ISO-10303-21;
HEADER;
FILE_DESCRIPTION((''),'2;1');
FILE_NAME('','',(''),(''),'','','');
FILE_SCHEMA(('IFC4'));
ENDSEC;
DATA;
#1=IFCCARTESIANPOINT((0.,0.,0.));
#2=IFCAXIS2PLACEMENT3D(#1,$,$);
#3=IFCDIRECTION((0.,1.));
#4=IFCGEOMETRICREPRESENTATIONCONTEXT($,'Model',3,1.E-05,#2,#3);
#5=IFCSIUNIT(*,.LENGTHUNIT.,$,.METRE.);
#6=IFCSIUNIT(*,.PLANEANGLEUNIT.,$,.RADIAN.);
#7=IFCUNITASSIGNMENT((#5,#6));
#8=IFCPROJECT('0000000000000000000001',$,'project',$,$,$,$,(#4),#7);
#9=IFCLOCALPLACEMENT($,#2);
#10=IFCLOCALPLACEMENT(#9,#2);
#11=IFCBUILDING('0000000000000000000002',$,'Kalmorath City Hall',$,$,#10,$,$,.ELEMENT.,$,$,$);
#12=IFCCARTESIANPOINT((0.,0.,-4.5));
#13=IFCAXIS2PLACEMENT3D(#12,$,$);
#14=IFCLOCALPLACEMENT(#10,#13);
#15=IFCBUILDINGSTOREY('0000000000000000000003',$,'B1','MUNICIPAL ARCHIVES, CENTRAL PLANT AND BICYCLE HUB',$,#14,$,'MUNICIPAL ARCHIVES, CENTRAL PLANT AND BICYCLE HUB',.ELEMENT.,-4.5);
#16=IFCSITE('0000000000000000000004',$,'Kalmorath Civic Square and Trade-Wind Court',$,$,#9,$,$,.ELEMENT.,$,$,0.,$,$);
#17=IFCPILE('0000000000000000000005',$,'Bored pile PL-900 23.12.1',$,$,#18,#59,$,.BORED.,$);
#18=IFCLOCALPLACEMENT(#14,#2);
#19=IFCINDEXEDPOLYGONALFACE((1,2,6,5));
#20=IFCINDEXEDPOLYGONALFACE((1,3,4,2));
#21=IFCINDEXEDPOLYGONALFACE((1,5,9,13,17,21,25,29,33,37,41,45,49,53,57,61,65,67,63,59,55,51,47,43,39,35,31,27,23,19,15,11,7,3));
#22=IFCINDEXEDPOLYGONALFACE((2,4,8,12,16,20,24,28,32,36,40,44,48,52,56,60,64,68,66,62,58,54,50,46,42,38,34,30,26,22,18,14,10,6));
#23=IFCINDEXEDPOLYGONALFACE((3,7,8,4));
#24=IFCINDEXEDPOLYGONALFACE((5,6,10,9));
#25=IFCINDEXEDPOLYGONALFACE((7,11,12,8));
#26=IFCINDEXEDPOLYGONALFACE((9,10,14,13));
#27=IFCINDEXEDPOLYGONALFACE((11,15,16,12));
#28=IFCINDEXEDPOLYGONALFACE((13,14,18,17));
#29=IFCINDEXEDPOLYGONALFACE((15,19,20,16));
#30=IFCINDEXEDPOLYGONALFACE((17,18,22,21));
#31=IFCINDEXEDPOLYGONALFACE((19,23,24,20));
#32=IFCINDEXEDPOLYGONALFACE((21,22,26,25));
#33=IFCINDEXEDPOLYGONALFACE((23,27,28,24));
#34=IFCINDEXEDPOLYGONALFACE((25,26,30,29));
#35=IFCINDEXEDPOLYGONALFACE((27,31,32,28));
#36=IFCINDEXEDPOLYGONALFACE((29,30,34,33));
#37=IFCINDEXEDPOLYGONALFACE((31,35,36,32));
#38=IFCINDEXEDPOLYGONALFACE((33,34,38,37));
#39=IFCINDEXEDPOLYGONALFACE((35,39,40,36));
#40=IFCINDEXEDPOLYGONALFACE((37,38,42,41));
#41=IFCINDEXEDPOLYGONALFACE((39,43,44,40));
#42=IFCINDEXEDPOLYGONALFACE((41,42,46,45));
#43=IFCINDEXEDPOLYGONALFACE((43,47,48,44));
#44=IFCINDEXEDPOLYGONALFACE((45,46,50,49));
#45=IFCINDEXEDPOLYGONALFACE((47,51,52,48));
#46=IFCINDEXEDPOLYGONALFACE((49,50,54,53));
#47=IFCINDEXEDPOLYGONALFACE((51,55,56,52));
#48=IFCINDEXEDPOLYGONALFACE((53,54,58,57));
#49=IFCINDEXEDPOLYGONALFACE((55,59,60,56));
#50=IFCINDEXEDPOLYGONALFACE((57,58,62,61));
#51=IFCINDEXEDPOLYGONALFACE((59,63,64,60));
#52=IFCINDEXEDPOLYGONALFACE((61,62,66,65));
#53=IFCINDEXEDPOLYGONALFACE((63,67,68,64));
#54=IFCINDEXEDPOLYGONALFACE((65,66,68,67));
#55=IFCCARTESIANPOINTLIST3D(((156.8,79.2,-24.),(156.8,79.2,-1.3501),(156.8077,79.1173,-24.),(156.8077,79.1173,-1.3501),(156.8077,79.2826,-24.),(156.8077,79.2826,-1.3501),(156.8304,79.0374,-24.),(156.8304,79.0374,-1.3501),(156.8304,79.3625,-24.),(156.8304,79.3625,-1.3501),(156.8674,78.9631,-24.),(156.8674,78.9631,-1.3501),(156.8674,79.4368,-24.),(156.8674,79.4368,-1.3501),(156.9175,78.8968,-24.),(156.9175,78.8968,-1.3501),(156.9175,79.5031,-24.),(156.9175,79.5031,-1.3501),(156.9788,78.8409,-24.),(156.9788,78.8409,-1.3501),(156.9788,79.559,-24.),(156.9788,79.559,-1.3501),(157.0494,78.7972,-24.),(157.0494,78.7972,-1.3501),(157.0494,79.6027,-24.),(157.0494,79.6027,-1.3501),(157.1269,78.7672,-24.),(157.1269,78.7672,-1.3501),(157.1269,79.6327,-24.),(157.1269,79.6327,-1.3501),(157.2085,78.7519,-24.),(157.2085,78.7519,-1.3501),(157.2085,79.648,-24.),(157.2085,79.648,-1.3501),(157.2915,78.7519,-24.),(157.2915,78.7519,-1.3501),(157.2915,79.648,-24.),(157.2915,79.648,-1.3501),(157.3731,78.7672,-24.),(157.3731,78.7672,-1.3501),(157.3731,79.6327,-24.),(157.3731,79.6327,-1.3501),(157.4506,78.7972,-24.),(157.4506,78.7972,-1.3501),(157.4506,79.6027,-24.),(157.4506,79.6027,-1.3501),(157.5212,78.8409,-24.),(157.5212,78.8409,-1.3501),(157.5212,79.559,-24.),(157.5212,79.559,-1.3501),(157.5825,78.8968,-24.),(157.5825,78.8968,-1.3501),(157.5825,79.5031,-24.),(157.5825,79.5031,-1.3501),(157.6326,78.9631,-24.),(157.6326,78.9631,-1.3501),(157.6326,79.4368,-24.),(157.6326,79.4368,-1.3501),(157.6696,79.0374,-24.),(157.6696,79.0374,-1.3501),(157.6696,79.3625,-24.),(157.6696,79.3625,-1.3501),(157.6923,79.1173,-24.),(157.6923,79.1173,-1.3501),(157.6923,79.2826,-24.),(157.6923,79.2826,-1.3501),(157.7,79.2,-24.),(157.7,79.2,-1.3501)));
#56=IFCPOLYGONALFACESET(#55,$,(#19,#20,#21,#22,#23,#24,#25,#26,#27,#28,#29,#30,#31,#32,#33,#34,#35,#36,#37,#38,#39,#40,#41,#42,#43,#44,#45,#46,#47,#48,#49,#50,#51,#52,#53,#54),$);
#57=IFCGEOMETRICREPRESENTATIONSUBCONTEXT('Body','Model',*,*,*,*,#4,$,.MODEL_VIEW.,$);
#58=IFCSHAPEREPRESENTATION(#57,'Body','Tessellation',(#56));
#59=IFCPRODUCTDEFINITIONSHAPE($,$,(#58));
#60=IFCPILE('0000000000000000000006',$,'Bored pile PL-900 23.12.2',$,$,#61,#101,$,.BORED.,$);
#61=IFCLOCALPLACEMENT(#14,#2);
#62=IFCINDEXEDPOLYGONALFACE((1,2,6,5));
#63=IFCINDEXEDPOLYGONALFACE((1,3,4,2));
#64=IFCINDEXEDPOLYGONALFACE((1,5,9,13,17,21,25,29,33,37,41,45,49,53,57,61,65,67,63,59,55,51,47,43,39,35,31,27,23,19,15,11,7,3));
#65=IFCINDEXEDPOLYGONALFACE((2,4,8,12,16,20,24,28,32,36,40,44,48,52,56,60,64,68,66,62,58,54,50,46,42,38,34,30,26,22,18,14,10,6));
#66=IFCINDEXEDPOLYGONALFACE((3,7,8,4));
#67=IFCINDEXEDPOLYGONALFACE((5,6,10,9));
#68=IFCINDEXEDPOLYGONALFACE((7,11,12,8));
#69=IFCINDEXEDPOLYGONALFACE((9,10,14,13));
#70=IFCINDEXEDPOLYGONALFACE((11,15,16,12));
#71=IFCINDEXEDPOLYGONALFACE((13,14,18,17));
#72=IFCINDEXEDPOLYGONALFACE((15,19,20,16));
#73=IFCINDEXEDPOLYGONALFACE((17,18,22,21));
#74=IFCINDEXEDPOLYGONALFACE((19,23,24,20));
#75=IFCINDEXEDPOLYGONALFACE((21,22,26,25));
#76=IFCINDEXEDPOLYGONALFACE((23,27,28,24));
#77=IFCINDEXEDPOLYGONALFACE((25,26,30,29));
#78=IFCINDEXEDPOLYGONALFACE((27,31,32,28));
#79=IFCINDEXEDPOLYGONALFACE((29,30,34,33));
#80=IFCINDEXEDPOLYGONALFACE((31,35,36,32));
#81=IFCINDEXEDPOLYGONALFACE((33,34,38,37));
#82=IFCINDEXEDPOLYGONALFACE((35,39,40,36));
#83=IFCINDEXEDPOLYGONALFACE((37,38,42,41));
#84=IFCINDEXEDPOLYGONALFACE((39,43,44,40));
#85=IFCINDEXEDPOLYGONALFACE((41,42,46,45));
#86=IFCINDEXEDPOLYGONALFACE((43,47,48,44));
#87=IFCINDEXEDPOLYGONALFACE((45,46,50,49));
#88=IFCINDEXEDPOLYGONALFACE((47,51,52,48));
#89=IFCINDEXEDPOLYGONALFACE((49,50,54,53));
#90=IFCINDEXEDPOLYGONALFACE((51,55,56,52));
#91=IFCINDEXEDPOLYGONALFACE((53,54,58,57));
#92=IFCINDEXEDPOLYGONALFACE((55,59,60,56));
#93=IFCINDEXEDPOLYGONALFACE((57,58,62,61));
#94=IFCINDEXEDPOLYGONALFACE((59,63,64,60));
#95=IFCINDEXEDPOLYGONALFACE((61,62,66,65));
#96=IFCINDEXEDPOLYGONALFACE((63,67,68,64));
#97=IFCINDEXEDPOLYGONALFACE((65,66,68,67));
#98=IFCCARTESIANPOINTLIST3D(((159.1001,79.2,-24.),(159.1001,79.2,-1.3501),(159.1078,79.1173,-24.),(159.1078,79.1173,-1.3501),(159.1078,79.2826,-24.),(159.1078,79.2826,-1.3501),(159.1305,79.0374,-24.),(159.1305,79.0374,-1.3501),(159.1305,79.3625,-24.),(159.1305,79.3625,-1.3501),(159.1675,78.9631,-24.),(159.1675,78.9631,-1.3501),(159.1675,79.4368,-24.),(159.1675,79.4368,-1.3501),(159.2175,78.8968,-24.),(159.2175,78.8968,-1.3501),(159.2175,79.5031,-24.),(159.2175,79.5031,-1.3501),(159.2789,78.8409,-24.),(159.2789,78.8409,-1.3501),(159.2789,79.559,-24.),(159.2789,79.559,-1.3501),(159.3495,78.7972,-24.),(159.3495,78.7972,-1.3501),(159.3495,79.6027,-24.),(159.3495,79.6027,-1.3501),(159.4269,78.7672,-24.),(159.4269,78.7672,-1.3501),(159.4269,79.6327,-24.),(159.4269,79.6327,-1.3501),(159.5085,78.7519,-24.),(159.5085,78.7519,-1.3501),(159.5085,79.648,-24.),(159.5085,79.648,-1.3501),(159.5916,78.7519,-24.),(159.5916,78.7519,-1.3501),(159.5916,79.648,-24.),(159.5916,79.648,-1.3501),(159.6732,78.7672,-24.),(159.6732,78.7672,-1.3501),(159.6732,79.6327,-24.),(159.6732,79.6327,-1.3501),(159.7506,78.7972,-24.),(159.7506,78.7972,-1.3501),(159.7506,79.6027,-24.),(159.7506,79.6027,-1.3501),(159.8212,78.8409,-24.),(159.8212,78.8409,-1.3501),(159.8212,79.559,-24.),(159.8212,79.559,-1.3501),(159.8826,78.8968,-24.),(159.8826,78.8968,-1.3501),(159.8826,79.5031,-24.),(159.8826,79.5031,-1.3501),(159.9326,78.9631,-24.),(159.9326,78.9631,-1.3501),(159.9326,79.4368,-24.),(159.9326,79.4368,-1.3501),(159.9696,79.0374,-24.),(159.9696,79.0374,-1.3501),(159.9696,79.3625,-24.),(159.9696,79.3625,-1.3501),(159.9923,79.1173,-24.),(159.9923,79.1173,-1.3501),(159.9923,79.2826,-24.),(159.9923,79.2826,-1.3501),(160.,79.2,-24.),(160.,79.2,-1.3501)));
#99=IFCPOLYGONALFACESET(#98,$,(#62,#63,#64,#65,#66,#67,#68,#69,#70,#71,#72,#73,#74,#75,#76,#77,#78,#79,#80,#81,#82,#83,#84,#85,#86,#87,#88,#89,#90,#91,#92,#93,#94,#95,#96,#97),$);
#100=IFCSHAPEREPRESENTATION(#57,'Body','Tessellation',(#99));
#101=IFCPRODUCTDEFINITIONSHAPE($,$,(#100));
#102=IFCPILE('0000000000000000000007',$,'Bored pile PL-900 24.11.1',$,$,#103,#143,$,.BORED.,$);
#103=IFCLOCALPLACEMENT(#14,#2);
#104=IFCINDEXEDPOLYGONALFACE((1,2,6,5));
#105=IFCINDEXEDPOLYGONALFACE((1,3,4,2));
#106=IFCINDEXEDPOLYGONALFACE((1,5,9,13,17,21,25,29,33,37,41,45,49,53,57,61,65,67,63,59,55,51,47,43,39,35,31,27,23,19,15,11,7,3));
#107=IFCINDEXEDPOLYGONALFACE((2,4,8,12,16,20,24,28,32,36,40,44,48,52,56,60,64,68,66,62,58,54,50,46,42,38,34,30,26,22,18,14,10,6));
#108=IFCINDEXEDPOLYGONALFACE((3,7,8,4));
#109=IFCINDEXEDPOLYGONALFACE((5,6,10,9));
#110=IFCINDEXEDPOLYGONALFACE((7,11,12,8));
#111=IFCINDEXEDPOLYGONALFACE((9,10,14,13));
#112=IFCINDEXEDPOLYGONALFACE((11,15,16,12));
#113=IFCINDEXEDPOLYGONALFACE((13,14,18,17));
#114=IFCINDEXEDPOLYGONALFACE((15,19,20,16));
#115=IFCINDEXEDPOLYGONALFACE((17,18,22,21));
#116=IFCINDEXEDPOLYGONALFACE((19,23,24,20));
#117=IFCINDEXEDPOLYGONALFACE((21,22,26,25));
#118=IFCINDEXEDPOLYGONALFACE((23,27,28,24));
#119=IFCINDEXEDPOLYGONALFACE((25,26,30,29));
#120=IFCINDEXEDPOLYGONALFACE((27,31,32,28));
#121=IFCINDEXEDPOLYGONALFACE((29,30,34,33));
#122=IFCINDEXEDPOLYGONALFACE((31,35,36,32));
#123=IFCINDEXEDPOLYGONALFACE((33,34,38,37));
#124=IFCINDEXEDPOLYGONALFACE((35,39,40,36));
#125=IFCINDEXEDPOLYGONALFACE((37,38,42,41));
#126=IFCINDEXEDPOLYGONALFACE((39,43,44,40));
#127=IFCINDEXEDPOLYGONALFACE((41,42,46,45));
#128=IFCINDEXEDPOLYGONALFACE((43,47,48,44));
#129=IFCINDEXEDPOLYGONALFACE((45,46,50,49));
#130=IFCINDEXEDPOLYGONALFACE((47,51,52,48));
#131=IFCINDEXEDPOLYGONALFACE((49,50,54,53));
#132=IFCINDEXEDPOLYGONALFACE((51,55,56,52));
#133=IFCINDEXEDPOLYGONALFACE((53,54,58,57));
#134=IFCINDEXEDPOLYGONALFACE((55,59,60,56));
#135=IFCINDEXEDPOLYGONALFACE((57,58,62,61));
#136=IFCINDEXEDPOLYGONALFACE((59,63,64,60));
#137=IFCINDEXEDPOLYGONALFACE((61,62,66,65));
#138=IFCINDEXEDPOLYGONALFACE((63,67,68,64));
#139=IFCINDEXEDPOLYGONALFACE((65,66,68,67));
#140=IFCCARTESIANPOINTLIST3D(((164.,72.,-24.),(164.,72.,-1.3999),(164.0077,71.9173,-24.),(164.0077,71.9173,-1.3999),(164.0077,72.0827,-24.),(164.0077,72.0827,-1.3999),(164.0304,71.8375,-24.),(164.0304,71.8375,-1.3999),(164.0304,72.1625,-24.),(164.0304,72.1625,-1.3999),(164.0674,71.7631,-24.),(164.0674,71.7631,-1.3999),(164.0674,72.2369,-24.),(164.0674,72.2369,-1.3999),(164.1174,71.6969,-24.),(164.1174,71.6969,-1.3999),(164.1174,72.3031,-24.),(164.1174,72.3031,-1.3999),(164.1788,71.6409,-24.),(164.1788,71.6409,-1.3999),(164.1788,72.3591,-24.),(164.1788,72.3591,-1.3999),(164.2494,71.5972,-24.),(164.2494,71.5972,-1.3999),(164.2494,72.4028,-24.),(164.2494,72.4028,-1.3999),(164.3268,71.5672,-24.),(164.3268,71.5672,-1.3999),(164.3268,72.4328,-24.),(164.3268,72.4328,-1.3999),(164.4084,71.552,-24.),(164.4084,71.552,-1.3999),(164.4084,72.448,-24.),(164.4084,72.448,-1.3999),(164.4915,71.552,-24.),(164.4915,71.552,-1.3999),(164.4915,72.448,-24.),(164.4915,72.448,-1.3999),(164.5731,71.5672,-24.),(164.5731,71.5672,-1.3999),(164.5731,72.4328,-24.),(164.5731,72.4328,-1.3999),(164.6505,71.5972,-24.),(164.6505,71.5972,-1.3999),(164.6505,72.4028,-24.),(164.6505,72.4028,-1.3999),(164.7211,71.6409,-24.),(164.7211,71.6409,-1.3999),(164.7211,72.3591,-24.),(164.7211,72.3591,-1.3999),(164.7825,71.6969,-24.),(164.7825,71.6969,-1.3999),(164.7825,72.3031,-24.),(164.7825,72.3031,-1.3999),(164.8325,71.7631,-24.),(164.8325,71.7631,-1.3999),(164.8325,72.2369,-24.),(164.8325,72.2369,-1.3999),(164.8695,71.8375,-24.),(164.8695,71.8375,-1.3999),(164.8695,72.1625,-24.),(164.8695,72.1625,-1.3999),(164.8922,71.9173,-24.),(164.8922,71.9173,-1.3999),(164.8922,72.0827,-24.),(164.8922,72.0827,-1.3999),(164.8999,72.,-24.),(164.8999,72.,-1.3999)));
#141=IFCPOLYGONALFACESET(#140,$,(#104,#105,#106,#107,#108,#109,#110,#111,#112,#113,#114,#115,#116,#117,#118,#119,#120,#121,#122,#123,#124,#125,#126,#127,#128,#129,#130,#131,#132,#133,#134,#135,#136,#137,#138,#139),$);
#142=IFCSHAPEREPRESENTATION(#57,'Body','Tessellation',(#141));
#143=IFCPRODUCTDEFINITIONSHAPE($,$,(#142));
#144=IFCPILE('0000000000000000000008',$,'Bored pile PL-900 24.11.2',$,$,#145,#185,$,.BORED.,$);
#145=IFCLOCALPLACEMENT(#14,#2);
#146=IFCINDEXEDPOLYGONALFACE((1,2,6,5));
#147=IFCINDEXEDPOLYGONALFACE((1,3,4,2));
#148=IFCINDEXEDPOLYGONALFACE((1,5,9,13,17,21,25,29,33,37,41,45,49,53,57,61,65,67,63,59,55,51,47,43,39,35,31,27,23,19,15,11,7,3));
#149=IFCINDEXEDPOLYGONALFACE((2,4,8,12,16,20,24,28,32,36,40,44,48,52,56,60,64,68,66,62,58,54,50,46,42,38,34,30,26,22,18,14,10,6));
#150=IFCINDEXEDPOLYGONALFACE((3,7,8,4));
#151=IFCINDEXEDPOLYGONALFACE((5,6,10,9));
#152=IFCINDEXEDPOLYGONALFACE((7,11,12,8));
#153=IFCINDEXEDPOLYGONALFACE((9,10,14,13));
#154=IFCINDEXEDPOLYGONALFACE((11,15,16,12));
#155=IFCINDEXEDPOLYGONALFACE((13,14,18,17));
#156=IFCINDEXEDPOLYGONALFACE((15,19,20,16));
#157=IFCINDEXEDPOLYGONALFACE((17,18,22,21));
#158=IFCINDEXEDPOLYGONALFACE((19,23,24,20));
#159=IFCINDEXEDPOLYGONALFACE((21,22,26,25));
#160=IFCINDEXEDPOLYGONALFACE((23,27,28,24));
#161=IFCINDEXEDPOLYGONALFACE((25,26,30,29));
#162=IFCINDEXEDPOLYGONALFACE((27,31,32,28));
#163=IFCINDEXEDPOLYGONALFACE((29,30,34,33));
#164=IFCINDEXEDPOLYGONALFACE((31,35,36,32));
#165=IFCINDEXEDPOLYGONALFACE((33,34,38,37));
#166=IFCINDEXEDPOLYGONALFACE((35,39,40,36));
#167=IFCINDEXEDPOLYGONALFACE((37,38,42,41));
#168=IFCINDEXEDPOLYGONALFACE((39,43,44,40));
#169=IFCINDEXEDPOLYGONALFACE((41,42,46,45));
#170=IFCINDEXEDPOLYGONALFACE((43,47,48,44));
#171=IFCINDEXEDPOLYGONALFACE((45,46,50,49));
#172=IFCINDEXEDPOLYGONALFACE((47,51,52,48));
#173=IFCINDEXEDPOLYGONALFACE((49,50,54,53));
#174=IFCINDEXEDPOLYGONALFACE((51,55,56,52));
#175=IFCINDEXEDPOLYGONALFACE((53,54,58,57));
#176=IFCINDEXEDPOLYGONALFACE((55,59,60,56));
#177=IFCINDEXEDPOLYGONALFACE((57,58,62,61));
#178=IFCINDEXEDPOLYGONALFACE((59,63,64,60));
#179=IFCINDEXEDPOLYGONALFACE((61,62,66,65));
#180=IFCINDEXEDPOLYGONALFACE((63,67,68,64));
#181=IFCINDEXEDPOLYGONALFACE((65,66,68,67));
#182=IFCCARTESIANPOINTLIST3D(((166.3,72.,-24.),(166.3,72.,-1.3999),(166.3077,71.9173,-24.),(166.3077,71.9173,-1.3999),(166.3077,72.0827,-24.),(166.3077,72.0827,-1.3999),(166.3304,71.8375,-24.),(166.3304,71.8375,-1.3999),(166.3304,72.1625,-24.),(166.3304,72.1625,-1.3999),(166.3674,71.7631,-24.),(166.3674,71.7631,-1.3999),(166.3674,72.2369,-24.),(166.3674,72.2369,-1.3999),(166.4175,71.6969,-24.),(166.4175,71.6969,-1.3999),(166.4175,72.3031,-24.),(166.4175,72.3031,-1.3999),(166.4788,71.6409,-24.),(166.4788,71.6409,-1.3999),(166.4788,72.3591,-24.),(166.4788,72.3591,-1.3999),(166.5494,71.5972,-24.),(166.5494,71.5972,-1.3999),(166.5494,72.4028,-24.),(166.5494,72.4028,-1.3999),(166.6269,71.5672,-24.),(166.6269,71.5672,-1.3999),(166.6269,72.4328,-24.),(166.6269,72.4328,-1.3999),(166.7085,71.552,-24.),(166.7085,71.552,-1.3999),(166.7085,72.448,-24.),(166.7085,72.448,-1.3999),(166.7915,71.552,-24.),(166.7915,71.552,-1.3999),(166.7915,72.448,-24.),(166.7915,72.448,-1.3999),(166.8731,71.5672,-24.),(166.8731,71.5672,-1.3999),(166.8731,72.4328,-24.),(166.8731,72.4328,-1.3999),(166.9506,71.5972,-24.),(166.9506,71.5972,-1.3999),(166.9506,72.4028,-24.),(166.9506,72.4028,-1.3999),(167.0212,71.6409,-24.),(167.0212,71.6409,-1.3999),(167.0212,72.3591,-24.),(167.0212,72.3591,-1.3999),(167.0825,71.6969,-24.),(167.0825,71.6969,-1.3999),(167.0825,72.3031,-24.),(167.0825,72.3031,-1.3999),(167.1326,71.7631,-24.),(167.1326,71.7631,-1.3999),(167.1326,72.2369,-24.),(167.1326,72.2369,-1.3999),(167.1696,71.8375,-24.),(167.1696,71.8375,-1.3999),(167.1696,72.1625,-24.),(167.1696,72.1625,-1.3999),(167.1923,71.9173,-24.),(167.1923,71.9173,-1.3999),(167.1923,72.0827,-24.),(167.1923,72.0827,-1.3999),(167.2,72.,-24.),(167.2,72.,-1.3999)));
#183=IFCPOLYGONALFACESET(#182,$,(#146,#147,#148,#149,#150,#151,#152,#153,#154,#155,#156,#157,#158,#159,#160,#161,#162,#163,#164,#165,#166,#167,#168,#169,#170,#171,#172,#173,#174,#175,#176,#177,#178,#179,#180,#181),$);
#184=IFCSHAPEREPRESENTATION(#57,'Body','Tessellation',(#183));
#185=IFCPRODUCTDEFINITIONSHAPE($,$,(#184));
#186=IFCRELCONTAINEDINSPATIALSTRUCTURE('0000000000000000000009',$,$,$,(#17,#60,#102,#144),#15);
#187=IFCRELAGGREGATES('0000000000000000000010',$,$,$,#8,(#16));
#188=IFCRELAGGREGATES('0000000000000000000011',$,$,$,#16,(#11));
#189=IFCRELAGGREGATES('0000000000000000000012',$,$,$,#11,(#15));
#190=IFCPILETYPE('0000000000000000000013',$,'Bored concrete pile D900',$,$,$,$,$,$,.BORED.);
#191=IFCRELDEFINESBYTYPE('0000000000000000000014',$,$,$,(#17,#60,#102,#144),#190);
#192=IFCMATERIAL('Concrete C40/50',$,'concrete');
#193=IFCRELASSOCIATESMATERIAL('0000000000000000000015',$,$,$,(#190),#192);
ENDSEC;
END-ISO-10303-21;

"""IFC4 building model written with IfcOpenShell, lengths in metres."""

from ifc_helpers import new_model, si_unit, direction, frame, origin, origin_2d, place, context, subcontext, project, spatial, circle, extrude, material, material_profile, profile_set, type_object, element, save


model = new_model("IFC4")

# Units and contexts
model_context = context("Model", 3, precision=1e-05, world=origin(), true_north=direction((0.0, 1.0)))
body_context = subcontext(model_context, "Body", "Model", "MODEL_VIEW")
ifc_project = project(units=[si_unit("LENGTHUNIT", "METRE"), si_unit("PLANEANGLEUNIT", "RADIAN")], contexts=[model_context])

# Site, building, storey
site_placement = place(None, origin())
site = spatial("IfcSite", under=ifc_project, at=site_placement, Name="Kalmorath Civic Square and Trade-Wind Court", CompositionType="ELEMENT", RefElevation=0.0)
building_placement = place(site_placement, origin())
building = spatial("IfcBuilding", under=site, at=building_placement, Name="Kalmorath City Hall", CompositionType="ELEMENT")
storey_placement = place(building_placement, frame((0.0, 0.0, -4.5)))
storey = spatial("IfcBuildingStorey", under=building, at=storey_placement, Name="B1", Description="MUNICIPAL ARCHIVES, CENTRAL PLANT AND BICYCLE HUB", LongName="MUNICIPAL ARCHIVES, CENTRAL PLANT AND BICYCLE HUB", CompositionType="ELEMENT", Elevation=-4.5)

# Piles
ifc_material_1 = material(Name="Concrete C40/50", Category="concrete")
ifc_material_profile_1 = material_profile(ifc_material_1, circle(Radius=0.45, at=origin_2d()), Name="PILE-D900")
ifc_profile_set_1 = profile_set([ifc_material_profile_1], Name="Concrete C40/50")
pile_type_1 = type_object("IfcPileType", Name="Bored concrete pile D900", PredefinedType="BORED", material=ifc_profile_set_1)
for number, where, z_axis, x_axis, name in (
    (1, (157.25, 79.2, -1.3501), (0.0, 0.0, -1.0), (1.0, 0.0, 0.0), "Bored pile PL-900 23.12.1"),
    (2, (159.55, 79.2, -1.3501), (0.0, 0.0, -1.0), (1.0, 0.0, 0.0), "Bored pile PL-900 23.12.2"),
):
    element("IfcPile", number, at=place(storey_placement, frame(where, z_axis=z_axis, x_axis=x_axis)), inside=storey, type_object=pile_type_1, Name=name, PredefinedType="BORED", context=body_context, shape_type="SweptSolid", body=[
        extrude(circle(Radius=0.45, at=origin_2d()), origin(), (0.0, 0.0, 1.0), 22.6499),
    ])
for number, where, z_axis, x_axis, name in (
    (3, (164.45, 72.0, -1.3999), (0.0, 0.0, -1.0), (1.0, 0.0, 0.0), "Bored pile PL-900 24.11.1"),
    (4, (166.75, 72.0, -1.3999), (0.0, 0.0, -1.0), (1.0, 0.0, 0.0), "Bored pile PL-900 24.11.2"),
):
    element("IfcPile", number, at=place(storey_placement, frame(where, z_axis=z_axis, x_axis=x_axis)), inside=storey, type_object=pile_type_1, Name=name, PredefinedType="BORED", context=body_context, shape_type="SweptSolid", body=[
        extrude(circle(Radius=0.45, at=origin_2d()), origin(), (0.0, 0.0, 1.0), 22.6001),
    ])

save(model, "model.ifc")
